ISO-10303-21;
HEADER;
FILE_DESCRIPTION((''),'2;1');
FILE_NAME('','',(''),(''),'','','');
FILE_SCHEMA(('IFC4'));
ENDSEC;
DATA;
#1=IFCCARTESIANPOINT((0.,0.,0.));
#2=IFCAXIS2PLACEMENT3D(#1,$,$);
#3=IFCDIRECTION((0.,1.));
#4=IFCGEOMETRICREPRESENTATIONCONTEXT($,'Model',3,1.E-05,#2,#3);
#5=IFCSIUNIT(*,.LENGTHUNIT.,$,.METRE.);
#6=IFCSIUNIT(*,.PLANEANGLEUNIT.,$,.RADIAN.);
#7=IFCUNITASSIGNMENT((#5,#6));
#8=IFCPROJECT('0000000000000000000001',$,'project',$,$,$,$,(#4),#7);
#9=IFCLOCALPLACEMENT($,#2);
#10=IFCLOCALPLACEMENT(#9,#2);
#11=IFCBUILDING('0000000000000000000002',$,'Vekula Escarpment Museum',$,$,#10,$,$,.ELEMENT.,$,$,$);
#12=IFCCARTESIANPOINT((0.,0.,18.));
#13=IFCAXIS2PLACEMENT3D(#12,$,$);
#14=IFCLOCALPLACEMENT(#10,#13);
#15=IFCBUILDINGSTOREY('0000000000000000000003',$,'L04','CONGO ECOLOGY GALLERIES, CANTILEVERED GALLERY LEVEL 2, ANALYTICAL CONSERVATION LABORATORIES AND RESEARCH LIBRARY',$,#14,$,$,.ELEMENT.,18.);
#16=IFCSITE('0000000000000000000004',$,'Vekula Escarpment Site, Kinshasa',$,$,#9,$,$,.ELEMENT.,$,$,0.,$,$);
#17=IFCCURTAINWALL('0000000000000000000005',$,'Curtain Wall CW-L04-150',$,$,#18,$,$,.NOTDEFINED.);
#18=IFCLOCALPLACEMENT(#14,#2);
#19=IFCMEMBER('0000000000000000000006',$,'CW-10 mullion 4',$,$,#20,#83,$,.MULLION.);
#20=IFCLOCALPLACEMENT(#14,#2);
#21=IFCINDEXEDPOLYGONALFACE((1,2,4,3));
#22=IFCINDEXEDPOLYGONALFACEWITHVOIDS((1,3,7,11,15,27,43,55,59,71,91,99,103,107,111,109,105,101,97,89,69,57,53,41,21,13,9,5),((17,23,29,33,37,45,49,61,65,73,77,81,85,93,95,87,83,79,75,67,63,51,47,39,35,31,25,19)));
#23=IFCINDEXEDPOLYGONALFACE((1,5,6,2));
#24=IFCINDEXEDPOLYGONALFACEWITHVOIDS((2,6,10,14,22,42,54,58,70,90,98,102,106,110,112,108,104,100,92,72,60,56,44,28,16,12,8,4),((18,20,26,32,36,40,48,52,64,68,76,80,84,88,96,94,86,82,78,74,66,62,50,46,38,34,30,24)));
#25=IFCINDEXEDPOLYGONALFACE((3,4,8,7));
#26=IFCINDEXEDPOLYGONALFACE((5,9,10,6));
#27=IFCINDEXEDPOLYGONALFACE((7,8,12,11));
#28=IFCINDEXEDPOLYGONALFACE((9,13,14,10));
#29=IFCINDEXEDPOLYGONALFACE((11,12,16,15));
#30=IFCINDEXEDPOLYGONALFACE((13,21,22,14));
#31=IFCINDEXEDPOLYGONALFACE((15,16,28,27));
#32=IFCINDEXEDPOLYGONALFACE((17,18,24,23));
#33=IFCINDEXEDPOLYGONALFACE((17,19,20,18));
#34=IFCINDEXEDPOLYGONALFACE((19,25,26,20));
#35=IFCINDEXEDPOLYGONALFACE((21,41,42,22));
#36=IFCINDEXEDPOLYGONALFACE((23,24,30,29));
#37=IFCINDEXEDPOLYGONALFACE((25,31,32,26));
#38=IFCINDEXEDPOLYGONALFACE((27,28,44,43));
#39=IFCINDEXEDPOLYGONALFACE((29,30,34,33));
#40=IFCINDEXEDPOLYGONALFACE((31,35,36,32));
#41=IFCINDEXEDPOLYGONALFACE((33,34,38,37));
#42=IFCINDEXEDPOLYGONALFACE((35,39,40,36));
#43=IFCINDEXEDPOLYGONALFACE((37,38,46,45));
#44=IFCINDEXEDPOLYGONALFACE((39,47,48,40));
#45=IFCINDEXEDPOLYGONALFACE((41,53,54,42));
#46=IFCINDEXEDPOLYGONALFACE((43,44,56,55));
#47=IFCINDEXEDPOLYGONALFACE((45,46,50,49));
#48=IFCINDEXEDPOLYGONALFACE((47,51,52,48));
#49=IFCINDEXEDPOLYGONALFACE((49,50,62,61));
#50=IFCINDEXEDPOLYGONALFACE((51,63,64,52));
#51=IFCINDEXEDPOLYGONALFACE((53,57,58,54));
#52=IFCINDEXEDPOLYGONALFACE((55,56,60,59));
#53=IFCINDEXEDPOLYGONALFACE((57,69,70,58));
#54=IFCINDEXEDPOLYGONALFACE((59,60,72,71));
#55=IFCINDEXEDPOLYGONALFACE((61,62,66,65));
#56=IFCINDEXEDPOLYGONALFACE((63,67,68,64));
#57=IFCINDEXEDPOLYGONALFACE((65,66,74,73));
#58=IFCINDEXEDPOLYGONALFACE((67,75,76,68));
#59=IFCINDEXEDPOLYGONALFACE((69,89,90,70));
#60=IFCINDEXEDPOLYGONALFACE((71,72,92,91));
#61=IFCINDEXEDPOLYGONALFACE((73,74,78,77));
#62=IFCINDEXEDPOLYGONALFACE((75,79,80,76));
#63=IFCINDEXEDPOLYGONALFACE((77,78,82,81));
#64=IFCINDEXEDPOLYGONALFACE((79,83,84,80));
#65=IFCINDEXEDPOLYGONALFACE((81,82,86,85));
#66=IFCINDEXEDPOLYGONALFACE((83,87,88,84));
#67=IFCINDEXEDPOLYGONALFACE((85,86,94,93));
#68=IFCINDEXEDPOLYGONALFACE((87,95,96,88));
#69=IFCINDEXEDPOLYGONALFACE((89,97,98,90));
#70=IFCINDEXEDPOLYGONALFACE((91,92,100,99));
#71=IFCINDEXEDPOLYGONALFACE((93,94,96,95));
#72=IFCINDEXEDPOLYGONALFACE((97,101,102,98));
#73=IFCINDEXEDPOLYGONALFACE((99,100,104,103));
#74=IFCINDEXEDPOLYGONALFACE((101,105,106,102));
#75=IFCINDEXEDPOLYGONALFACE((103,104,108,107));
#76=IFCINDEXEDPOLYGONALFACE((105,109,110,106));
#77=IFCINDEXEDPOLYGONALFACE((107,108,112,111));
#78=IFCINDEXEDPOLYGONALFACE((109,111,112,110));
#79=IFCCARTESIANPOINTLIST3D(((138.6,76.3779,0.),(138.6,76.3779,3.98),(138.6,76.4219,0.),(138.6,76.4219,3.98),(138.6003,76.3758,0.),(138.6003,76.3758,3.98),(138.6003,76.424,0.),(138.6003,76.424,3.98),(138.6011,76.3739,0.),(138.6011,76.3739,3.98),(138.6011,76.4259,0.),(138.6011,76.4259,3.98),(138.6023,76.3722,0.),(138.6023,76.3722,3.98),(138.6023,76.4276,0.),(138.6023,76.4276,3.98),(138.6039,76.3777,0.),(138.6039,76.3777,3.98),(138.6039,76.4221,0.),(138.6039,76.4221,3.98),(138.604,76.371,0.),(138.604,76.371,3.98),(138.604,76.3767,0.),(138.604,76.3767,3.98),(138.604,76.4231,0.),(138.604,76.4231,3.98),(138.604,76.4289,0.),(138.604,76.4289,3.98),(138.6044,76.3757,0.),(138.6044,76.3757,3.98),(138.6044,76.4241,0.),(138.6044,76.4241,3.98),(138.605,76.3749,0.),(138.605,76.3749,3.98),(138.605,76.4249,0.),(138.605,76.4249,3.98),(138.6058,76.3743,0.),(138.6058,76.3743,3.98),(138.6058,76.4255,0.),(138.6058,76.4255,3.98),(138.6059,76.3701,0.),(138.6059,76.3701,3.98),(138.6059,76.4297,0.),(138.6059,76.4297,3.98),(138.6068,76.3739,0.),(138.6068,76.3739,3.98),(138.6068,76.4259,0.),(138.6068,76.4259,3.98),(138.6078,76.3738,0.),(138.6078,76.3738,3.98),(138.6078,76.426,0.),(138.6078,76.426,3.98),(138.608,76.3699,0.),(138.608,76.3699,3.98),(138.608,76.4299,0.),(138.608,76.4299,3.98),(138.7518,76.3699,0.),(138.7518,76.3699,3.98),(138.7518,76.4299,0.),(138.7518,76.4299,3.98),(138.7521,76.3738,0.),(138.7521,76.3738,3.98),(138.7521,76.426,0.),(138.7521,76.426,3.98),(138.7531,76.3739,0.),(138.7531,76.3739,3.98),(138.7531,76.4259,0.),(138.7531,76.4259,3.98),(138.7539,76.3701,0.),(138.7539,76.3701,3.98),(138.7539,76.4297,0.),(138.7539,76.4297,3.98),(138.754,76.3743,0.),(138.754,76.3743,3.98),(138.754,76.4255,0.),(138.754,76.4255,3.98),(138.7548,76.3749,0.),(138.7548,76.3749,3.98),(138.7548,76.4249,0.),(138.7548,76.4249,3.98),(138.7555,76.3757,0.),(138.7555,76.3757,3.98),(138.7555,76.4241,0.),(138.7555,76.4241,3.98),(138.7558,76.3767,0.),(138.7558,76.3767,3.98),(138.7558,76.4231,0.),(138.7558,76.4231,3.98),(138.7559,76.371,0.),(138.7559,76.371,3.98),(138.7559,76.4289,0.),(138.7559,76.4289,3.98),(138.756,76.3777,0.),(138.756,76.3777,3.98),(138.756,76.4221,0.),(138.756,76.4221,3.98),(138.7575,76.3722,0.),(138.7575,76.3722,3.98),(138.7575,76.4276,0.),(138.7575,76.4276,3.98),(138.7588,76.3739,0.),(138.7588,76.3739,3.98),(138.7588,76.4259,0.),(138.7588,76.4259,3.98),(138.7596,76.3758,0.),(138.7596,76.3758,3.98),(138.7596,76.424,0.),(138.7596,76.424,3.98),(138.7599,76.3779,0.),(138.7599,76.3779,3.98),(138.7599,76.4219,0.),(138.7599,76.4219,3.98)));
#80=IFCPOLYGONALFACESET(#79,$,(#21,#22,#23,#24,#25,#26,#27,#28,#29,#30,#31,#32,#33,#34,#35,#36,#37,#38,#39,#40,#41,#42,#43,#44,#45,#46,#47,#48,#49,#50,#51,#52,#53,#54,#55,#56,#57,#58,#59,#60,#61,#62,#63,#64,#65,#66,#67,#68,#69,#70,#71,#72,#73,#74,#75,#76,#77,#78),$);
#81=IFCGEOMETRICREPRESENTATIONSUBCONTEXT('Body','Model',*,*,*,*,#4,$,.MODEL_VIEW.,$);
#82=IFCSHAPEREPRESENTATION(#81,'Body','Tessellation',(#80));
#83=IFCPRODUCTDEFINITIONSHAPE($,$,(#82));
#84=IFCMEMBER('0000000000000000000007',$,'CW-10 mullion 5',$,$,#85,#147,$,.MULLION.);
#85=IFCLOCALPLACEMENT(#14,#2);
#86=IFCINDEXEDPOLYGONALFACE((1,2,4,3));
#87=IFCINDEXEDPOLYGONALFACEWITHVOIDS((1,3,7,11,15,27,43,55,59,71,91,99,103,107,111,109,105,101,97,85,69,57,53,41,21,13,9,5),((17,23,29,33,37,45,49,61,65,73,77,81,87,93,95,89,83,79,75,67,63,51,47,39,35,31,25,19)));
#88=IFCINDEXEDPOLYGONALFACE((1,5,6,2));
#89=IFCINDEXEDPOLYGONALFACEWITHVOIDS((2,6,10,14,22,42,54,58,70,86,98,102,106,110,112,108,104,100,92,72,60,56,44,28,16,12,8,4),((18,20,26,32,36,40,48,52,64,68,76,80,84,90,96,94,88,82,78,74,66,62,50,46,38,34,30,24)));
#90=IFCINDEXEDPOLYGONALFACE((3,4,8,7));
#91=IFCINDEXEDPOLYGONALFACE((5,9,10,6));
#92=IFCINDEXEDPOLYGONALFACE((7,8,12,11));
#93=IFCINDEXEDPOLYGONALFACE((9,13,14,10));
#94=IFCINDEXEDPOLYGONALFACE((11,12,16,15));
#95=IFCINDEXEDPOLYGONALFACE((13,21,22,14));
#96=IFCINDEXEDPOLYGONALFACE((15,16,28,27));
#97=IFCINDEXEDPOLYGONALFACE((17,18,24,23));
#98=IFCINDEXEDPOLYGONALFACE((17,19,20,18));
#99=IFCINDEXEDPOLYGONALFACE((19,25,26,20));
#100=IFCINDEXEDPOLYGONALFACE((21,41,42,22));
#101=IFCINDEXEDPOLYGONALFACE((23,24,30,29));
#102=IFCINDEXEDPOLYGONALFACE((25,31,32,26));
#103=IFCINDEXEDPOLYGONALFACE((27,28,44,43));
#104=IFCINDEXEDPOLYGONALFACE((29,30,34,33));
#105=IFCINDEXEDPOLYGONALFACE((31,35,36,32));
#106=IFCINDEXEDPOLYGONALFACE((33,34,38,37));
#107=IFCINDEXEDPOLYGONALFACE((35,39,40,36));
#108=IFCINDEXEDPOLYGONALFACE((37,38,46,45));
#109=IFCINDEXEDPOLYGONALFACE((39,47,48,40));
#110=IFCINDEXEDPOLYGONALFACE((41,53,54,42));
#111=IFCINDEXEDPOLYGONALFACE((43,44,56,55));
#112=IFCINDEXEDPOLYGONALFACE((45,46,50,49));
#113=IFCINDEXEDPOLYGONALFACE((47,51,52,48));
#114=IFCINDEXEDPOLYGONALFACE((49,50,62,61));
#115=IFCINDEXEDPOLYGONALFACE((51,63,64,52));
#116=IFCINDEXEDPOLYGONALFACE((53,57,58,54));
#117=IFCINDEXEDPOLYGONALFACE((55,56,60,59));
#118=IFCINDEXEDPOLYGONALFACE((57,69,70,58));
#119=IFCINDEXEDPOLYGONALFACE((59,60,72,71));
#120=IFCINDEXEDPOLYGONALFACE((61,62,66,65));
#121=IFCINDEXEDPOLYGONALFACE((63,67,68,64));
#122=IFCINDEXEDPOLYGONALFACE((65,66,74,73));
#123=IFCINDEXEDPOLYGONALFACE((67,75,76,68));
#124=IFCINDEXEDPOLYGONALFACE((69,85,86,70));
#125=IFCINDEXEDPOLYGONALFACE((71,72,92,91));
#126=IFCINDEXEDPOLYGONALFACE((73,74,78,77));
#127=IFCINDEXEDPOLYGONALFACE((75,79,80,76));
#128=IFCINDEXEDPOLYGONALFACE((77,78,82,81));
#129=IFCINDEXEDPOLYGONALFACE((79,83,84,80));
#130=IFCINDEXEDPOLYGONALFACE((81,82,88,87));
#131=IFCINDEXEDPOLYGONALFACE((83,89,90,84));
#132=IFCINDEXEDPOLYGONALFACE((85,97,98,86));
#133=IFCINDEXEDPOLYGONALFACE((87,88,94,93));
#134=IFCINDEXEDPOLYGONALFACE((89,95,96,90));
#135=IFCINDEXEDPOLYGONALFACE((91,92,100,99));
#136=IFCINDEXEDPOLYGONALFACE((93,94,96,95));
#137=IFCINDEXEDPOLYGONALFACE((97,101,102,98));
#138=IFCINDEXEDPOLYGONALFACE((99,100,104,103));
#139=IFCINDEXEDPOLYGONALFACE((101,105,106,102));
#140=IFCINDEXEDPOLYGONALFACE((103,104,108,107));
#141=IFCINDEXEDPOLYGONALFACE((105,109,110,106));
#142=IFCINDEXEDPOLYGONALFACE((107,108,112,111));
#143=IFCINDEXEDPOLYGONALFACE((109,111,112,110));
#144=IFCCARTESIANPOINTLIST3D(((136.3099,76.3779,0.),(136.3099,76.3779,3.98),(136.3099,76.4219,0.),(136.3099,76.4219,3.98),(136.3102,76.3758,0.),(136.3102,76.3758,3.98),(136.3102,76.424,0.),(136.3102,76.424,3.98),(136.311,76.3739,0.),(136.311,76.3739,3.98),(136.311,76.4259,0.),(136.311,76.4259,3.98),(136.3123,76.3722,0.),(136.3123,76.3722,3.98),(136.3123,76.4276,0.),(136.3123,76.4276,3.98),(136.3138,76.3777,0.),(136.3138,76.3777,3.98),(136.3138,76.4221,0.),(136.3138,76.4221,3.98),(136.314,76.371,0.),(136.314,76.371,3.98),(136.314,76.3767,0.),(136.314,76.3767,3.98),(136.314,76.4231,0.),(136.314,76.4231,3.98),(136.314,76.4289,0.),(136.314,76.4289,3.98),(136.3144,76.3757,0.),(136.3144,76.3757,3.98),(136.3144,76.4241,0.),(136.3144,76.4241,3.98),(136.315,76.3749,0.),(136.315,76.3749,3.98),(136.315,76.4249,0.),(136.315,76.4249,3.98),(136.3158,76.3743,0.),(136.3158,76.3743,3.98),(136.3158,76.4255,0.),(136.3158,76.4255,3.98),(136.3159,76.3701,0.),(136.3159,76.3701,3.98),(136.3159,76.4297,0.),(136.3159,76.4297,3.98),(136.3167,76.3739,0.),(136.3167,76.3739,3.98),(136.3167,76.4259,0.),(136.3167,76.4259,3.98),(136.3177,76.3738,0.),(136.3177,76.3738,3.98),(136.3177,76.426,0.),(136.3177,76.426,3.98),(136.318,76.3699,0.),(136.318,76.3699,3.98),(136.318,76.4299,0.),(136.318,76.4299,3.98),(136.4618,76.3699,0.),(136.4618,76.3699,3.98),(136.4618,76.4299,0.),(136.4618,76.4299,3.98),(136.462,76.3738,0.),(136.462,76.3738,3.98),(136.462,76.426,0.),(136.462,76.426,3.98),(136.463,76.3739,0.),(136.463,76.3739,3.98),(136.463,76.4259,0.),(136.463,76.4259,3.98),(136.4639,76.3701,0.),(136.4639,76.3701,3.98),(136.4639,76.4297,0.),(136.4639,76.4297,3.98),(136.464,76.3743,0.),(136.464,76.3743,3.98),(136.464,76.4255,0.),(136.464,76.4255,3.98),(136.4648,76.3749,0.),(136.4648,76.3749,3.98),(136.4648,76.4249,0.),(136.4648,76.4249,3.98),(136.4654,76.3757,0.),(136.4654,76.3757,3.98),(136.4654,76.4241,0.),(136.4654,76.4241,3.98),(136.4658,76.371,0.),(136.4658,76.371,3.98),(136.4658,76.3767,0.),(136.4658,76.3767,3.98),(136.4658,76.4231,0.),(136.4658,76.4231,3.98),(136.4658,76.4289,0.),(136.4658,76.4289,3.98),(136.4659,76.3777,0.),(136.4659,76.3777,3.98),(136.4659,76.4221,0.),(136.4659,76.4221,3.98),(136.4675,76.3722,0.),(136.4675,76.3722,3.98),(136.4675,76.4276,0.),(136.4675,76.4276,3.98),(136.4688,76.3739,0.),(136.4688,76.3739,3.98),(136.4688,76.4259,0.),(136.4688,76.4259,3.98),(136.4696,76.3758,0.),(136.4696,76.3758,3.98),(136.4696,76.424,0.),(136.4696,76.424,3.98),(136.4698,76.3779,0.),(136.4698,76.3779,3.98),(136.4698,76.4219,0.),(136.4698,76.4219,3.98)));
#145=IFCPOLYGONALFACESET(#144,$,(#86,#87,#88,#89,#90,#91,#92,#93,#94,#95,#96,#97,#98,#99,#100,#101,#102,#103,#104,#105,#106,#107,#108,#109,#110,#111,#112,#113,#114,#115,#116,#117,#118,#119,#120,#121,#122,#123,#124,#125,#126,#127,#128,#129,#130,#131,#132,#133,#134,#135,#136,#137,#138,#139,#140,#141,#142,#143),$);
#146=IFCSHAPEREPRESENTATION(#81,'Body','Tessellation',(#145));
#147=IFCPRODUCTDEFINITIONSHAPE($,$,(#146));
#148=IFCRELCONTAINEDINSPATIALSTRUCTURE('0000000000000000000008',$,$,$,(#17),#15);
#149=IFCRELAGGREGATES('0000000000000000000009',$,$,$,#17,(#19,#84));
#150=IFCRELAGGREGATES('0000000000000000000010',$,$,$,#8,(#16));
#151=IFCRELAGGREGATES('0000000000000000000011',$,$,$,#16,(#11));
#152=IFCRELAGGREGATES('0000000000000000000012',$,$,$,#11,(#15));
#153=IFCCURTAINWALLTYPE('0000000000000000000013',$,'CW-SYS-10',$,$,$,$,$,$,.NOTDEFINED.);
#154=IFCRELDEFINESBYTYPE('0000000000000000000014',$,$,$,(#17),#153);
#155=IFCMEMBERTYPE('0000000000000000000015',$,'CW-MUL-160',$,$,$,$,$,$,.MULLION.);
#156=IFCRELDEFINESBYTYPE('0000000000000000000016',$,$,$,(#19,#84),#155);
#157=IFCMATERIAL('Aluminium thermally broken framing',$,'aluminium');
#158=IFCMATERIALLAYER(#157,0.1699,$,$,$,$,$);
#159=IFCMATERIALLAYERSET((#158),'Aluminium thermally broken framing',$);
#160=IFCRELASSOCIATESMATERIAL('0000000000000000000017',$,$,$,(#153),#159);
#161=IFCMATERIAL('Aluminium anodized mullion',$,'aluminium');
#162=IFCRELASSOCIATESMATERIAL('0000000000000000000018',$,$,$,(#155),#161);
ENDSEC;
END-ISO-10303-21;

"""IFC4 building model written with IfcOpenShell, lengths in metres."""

from ifc_helpers import new_model, si_unit, direction, frame, origin, origin_2d, place, context, subcontext, project, spatial, hollow_rectangle, extrude, material, layer, layer_set, material_profile, profile_set, type_object, element, aggregate, save


model = new_model("IFC4")

# Units and contexts
model_context = context("Model", 3, precision=1e-05, world=origin(), true_north=direction((0.0, 1.0)))
body_context = subcontext(model_context, "Body", "Model", "MODEL_VIEW")
ifc_project = project(units=[si_unit("LENGTHUNIT", "METRE"), si_unit("PLANEANGLEUNIT", "RADIAN")], contexts=[model_context])

# Site, building, storey
site_placement = place(None, origin())
site = spatial("IfcSite", under=ifc_project, at=site_placement, Name="Vekula Escarpment Site, Kinshasa", CompositionType="ELEMENT", RefElevation=0.0)
building_placement = place(site_placement, origin())
building = spatial("IfcBuilding", under=site, at=building_placement, Name="Vekula Escarpment Museum", CompositionType="ELEMENT")
storey_placement = place(building_placement, frame((0.0, 0.0, 18.0)))
storey = spatial("IfcBuildingStorey", under=building, at=storey_placement, Name="L04", Description="CONGO ECOLOGY GALLERIES, CANTILEVERED GALLERY LEVEL 2, ANALYTICAL CONSERVATION LABORATORIES AND RESEARCH LIBRARY", CompositionType="ELEMENT", Elevation=18.0)

# Curtain wall, members
ifc_material_1 = material(Name="Aluminium thermally broken framing", Category="aluminium")
ifc_layer_1 = layer(ifc_material_1, 0.1699)
ifc_layer_set_1 = layer_set([ifc_layer_1], Name="Aluminium thermally broken framing")
curtain_wall_type = type_object("IfcCurtainWallType", Name="CW-SYS-10", PredefinedType="NOTDEFINED", material=ifc_layer_set_1)
curtain_wall_placement = place(storey_placement, origin())
curtain_wall = element("IfcCurtainWall", 1, at=curtain_wall_placement, inside=storey, type_object=curtain_wall_type, Name="Curtain Wall CW-L04-150", PredefinedType="NOTDEFINED")
ifc_material_2 = material(Name="Aluminium anodized mullion", Category="aluminium")
ifc_material_profile_1 = material_profile(ifc_material_2, hollow_rectangle(XDim=0.0601, YDim=0.1599, WallThickness=0.0039, InnerFilletRadius=0.0039, OuterFilletRadius=0.0081, at=origin_2d()), Name="ALU 160x60x4")
ifc_profile_set_1 = profile_set([ifc_material_profile_1], Name="Aluminium anodized mullion")
member_type_1 = type_object("IfcMemberType", Name="CW-MUL-160", PredefinedType="MULLION", material=ifc_profile_set_1)
member_1_placement = place(storey_placement, frame((138.6799, 76.3999, 0.0), z_axis=(0.0, 0.0, 1.0), x_axis=(0.0, -1.0, 0.0)))
member_1 = element("IfcMember", 2, at=member_1_placement, type_object=member_type_1, Name="CW-10 mullion 4", PredefinedType="MULLION", context=body_context, shape_type="SweptSolid", body=[
    extrude(hollow_rectangle(XDim=0.0601, YDim=0.1599, WallThickness=0.0039, InnerFilletRadius=0.0039, OuterFilletRadius=0.0081, at=origin_2d()), origin(), (0.0, 0.0, 1.0), 3.98),
])
member_2_placement = place(storey_placement, frame((136.3899, 76.3999, 0.0), z_axis=(0.0, 0.0, 1.0), x_axis=(0.0, -1.0, 0.0)))
member_2 = element("IfcMember", 3, at=member_2_placement, type_object=member_type_1, Name="CW-10 mullion 5", PredefinedType="MULLION", context=body_context, shape_type="SweptSolid", body=[
    extrude(hollow_rectangle(XDim=0.0601, YDim=0.1599, WallThickness=0.0039, InnerFilletRadius=0.0039, OuterFilletRadius=0.0081, at=origin_2d()), origin(), (0.0, 0.0, 1.0), 3.98),
])
aggregate(curtain_wall, [member_1, member_2])

save(model, "model.ifc")
